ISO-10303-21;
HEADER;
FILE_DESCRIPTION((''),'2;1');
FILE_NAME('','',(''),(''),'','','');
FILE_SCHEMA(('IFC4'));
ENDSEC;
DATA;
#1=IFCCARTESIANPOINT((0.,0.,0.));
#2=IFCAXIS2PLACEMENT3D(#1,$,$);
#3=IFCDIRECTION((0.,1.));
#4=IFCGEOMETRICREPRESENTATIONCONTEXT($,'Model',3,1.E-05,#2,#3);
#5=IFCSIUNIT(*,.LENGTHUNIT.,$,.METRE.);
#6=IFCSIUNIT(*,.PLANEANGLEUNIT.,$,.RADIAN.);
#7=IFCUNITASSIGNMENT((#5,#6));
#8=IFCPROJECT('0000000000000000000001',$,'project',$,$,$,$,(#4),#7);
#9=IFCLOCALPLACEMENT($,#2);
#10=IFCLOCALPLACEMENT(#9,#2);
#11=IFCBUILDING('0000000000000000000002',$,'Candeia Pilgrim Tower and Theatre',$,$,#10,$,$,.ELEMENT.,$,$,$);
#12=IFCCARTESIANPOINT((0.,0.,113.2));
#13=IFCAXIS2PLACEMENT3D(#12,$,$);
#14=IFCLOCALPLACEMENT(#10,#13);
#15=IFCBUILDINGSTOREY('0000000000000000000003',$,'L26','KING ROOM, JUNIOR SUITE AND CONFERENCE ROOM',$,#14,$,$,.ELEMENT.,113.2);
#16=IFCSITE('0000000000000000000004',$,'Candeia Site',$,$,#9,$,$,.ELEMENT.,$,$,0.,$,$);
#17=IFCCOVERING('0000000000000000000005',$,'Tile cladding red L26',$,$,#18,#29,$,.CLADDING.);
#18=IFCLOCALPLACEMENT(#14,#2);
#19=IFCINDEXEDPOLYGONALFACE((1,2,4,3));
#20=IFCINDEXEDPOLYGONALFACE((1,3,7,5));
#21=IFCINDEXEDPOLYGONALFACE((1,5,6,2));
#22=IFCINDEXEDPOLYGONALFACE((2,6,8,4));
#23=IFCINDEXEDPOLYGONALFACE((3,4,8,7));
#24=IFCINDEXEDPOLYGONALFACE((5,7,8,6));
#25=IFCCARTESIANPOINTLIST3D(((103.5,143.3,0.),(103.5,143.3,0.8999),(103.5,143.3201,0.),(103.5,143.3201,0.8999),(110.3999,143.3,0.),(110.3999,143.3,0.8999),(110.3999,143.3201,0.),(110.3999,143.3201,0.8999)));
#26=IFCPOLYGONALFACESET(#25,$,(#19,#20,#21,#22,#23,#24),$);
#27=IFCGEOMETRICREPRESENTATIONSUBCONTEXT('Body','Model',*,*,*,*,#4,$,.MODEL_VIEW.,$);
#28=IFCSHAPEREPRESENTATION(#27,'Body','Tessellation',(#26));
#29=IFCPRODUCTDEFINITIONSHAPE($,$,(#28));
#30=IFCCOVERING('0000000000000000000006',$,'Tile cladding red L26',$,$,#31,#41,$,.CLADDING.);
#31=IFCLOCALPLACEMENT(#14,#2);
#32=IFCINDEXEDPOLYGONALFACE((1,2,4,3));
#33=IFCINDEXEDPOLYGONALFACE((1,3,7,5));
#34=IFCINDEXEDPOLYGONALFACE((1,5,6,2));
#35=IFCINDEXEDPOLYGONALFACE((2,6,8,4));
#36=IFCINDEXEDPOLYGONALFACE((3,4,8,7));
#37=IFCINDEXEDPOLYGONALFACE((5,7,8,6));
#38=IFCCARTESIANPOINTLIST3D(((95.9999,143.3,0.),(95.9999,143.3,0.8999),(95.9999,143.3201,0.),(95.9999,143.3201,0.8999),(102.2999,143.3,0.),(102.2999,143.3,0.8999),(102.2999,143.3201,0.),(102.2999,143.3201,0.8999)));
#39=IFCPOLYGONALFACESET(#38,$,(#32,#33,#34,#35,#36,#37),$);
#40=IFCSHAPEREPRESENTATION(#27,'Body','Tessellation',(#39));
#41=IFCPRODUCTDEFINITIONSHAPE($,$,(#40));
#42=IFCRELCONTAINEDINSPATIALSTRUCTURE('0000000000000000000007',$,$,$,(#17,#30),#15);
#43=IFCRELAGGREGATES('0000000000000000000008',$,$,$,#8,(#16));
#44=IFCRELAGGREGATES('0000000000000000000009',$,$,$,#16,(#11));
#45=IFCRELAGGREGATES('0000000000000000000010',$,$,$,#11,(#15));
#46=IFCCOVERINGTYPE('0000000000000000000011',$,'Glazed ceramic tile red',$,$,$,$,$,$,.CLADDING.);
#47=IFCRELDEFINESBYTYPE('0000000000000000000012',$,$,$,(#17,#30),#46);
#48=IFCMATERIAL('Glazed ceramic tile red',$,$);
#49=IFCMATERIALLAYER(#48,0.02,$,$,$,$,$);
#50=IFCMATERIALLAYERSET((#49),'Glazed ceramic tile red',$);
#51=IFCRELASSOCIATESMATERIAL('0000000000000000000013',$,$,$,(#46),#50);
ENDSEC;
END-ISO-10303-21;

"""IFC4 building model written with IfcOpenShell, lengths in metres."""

from ifc_helpers import new_model, si_unit, direction, frame, origin, origin_2d, place, context, subcontext, project, spatial, rectangle, extrude, material, layer, layer_set, type_object, element, save


model = new_model("IFC4")

# Units and contexts
model_context = context("Model", 3, precision=1e-05, world=origin(), true_north=direction((0.0, 1.0)))
body_context = subcontext(model_context, "Body", "Model", "MODEL_VIEW")
ifc_project = project(units=[si_unit("LENGTHUNIT", "METRE"), si_unit("PLANEANGLEUNIT", "RADIAN")], contexts=[model_context])

# Site, building, storey
site_placement = place(None, origin())
site = spatial("IfcSite", under=ifc_project, at=site_placement, Name="Candeia Site", CompositionType="ELEMENT", RefElevation=0.0)
building_placement = place(site_placement, origin())
building = spatial("IfcBuilding", under=site, at=building_placement, Name="Candeia Pilgrim Tower and Theatre", CompositionType="ELEMENT")
storey_placement = place(building_placement, frame((0.0, 0.0, 113.2)))
storey = spatial("IfcBuildingStorey", under=building, at=storey_placement, Name="L26", Description="KING ROOM, JUNIOR SUITE AND CONFERENCE ROOM", CompositionType="ELEMENT", Elevation=113.2)

# Coverings
ifc_material_1 = material(Name="Glazed ceramic tile red")
ifc_layer_1 = layer(ifc_material_1, 0.02)
ifc_layer_set_1 = layer_set([ifc_layer_1], Name="Glazed ceramic tile red")
covering_type = type_object("IfcCoveringType", Name="Glazed ceramic tile red", PredefinedType="CLADDING", material=ifc_layer_set_1)
covering_1_placement = place(storey_placement, frame((106.95, 143.3101, 0.0), z_axis=(0.0, 0.0, 1.0), x_axis=(-1.0, 0.0, 0.0)))
element("IfcCovering", 1, at=covering_1_placement, inside=storey, type_object=covering_type, Name="Tile cladding red L26", PredefinedType="CLADDING", context=body_context, shape_type="SweptSolid", body=[
    extrude(rectangle(XDim=6.8999, YDim=0.02, at=origin_2d()), origin(), (0.0, 0.0, 1.0), 0.8999),
])
covering_2_placement = place(storey_placement, frame((99.1499, 143.3101, 0.0), z_axis=(0.0, 0.0, 1.0), x_axis=(-1.0, 0.0, 0.0)))
element("IfcCovering", 2, at=covering_2_placement, inside=storey, type_object=covering_type, Name="Tile cladding red L26", PredefinedType="CLADDING", context=body_context, shape_type="SweptSolid", body=[
    extrude(rectangle(XDim=6.3, YDim=0.02, at=origin_2d()), origin(), (0.0, 0.0, 1.0), 0.8999),
])

save(model, "model.ifc")
